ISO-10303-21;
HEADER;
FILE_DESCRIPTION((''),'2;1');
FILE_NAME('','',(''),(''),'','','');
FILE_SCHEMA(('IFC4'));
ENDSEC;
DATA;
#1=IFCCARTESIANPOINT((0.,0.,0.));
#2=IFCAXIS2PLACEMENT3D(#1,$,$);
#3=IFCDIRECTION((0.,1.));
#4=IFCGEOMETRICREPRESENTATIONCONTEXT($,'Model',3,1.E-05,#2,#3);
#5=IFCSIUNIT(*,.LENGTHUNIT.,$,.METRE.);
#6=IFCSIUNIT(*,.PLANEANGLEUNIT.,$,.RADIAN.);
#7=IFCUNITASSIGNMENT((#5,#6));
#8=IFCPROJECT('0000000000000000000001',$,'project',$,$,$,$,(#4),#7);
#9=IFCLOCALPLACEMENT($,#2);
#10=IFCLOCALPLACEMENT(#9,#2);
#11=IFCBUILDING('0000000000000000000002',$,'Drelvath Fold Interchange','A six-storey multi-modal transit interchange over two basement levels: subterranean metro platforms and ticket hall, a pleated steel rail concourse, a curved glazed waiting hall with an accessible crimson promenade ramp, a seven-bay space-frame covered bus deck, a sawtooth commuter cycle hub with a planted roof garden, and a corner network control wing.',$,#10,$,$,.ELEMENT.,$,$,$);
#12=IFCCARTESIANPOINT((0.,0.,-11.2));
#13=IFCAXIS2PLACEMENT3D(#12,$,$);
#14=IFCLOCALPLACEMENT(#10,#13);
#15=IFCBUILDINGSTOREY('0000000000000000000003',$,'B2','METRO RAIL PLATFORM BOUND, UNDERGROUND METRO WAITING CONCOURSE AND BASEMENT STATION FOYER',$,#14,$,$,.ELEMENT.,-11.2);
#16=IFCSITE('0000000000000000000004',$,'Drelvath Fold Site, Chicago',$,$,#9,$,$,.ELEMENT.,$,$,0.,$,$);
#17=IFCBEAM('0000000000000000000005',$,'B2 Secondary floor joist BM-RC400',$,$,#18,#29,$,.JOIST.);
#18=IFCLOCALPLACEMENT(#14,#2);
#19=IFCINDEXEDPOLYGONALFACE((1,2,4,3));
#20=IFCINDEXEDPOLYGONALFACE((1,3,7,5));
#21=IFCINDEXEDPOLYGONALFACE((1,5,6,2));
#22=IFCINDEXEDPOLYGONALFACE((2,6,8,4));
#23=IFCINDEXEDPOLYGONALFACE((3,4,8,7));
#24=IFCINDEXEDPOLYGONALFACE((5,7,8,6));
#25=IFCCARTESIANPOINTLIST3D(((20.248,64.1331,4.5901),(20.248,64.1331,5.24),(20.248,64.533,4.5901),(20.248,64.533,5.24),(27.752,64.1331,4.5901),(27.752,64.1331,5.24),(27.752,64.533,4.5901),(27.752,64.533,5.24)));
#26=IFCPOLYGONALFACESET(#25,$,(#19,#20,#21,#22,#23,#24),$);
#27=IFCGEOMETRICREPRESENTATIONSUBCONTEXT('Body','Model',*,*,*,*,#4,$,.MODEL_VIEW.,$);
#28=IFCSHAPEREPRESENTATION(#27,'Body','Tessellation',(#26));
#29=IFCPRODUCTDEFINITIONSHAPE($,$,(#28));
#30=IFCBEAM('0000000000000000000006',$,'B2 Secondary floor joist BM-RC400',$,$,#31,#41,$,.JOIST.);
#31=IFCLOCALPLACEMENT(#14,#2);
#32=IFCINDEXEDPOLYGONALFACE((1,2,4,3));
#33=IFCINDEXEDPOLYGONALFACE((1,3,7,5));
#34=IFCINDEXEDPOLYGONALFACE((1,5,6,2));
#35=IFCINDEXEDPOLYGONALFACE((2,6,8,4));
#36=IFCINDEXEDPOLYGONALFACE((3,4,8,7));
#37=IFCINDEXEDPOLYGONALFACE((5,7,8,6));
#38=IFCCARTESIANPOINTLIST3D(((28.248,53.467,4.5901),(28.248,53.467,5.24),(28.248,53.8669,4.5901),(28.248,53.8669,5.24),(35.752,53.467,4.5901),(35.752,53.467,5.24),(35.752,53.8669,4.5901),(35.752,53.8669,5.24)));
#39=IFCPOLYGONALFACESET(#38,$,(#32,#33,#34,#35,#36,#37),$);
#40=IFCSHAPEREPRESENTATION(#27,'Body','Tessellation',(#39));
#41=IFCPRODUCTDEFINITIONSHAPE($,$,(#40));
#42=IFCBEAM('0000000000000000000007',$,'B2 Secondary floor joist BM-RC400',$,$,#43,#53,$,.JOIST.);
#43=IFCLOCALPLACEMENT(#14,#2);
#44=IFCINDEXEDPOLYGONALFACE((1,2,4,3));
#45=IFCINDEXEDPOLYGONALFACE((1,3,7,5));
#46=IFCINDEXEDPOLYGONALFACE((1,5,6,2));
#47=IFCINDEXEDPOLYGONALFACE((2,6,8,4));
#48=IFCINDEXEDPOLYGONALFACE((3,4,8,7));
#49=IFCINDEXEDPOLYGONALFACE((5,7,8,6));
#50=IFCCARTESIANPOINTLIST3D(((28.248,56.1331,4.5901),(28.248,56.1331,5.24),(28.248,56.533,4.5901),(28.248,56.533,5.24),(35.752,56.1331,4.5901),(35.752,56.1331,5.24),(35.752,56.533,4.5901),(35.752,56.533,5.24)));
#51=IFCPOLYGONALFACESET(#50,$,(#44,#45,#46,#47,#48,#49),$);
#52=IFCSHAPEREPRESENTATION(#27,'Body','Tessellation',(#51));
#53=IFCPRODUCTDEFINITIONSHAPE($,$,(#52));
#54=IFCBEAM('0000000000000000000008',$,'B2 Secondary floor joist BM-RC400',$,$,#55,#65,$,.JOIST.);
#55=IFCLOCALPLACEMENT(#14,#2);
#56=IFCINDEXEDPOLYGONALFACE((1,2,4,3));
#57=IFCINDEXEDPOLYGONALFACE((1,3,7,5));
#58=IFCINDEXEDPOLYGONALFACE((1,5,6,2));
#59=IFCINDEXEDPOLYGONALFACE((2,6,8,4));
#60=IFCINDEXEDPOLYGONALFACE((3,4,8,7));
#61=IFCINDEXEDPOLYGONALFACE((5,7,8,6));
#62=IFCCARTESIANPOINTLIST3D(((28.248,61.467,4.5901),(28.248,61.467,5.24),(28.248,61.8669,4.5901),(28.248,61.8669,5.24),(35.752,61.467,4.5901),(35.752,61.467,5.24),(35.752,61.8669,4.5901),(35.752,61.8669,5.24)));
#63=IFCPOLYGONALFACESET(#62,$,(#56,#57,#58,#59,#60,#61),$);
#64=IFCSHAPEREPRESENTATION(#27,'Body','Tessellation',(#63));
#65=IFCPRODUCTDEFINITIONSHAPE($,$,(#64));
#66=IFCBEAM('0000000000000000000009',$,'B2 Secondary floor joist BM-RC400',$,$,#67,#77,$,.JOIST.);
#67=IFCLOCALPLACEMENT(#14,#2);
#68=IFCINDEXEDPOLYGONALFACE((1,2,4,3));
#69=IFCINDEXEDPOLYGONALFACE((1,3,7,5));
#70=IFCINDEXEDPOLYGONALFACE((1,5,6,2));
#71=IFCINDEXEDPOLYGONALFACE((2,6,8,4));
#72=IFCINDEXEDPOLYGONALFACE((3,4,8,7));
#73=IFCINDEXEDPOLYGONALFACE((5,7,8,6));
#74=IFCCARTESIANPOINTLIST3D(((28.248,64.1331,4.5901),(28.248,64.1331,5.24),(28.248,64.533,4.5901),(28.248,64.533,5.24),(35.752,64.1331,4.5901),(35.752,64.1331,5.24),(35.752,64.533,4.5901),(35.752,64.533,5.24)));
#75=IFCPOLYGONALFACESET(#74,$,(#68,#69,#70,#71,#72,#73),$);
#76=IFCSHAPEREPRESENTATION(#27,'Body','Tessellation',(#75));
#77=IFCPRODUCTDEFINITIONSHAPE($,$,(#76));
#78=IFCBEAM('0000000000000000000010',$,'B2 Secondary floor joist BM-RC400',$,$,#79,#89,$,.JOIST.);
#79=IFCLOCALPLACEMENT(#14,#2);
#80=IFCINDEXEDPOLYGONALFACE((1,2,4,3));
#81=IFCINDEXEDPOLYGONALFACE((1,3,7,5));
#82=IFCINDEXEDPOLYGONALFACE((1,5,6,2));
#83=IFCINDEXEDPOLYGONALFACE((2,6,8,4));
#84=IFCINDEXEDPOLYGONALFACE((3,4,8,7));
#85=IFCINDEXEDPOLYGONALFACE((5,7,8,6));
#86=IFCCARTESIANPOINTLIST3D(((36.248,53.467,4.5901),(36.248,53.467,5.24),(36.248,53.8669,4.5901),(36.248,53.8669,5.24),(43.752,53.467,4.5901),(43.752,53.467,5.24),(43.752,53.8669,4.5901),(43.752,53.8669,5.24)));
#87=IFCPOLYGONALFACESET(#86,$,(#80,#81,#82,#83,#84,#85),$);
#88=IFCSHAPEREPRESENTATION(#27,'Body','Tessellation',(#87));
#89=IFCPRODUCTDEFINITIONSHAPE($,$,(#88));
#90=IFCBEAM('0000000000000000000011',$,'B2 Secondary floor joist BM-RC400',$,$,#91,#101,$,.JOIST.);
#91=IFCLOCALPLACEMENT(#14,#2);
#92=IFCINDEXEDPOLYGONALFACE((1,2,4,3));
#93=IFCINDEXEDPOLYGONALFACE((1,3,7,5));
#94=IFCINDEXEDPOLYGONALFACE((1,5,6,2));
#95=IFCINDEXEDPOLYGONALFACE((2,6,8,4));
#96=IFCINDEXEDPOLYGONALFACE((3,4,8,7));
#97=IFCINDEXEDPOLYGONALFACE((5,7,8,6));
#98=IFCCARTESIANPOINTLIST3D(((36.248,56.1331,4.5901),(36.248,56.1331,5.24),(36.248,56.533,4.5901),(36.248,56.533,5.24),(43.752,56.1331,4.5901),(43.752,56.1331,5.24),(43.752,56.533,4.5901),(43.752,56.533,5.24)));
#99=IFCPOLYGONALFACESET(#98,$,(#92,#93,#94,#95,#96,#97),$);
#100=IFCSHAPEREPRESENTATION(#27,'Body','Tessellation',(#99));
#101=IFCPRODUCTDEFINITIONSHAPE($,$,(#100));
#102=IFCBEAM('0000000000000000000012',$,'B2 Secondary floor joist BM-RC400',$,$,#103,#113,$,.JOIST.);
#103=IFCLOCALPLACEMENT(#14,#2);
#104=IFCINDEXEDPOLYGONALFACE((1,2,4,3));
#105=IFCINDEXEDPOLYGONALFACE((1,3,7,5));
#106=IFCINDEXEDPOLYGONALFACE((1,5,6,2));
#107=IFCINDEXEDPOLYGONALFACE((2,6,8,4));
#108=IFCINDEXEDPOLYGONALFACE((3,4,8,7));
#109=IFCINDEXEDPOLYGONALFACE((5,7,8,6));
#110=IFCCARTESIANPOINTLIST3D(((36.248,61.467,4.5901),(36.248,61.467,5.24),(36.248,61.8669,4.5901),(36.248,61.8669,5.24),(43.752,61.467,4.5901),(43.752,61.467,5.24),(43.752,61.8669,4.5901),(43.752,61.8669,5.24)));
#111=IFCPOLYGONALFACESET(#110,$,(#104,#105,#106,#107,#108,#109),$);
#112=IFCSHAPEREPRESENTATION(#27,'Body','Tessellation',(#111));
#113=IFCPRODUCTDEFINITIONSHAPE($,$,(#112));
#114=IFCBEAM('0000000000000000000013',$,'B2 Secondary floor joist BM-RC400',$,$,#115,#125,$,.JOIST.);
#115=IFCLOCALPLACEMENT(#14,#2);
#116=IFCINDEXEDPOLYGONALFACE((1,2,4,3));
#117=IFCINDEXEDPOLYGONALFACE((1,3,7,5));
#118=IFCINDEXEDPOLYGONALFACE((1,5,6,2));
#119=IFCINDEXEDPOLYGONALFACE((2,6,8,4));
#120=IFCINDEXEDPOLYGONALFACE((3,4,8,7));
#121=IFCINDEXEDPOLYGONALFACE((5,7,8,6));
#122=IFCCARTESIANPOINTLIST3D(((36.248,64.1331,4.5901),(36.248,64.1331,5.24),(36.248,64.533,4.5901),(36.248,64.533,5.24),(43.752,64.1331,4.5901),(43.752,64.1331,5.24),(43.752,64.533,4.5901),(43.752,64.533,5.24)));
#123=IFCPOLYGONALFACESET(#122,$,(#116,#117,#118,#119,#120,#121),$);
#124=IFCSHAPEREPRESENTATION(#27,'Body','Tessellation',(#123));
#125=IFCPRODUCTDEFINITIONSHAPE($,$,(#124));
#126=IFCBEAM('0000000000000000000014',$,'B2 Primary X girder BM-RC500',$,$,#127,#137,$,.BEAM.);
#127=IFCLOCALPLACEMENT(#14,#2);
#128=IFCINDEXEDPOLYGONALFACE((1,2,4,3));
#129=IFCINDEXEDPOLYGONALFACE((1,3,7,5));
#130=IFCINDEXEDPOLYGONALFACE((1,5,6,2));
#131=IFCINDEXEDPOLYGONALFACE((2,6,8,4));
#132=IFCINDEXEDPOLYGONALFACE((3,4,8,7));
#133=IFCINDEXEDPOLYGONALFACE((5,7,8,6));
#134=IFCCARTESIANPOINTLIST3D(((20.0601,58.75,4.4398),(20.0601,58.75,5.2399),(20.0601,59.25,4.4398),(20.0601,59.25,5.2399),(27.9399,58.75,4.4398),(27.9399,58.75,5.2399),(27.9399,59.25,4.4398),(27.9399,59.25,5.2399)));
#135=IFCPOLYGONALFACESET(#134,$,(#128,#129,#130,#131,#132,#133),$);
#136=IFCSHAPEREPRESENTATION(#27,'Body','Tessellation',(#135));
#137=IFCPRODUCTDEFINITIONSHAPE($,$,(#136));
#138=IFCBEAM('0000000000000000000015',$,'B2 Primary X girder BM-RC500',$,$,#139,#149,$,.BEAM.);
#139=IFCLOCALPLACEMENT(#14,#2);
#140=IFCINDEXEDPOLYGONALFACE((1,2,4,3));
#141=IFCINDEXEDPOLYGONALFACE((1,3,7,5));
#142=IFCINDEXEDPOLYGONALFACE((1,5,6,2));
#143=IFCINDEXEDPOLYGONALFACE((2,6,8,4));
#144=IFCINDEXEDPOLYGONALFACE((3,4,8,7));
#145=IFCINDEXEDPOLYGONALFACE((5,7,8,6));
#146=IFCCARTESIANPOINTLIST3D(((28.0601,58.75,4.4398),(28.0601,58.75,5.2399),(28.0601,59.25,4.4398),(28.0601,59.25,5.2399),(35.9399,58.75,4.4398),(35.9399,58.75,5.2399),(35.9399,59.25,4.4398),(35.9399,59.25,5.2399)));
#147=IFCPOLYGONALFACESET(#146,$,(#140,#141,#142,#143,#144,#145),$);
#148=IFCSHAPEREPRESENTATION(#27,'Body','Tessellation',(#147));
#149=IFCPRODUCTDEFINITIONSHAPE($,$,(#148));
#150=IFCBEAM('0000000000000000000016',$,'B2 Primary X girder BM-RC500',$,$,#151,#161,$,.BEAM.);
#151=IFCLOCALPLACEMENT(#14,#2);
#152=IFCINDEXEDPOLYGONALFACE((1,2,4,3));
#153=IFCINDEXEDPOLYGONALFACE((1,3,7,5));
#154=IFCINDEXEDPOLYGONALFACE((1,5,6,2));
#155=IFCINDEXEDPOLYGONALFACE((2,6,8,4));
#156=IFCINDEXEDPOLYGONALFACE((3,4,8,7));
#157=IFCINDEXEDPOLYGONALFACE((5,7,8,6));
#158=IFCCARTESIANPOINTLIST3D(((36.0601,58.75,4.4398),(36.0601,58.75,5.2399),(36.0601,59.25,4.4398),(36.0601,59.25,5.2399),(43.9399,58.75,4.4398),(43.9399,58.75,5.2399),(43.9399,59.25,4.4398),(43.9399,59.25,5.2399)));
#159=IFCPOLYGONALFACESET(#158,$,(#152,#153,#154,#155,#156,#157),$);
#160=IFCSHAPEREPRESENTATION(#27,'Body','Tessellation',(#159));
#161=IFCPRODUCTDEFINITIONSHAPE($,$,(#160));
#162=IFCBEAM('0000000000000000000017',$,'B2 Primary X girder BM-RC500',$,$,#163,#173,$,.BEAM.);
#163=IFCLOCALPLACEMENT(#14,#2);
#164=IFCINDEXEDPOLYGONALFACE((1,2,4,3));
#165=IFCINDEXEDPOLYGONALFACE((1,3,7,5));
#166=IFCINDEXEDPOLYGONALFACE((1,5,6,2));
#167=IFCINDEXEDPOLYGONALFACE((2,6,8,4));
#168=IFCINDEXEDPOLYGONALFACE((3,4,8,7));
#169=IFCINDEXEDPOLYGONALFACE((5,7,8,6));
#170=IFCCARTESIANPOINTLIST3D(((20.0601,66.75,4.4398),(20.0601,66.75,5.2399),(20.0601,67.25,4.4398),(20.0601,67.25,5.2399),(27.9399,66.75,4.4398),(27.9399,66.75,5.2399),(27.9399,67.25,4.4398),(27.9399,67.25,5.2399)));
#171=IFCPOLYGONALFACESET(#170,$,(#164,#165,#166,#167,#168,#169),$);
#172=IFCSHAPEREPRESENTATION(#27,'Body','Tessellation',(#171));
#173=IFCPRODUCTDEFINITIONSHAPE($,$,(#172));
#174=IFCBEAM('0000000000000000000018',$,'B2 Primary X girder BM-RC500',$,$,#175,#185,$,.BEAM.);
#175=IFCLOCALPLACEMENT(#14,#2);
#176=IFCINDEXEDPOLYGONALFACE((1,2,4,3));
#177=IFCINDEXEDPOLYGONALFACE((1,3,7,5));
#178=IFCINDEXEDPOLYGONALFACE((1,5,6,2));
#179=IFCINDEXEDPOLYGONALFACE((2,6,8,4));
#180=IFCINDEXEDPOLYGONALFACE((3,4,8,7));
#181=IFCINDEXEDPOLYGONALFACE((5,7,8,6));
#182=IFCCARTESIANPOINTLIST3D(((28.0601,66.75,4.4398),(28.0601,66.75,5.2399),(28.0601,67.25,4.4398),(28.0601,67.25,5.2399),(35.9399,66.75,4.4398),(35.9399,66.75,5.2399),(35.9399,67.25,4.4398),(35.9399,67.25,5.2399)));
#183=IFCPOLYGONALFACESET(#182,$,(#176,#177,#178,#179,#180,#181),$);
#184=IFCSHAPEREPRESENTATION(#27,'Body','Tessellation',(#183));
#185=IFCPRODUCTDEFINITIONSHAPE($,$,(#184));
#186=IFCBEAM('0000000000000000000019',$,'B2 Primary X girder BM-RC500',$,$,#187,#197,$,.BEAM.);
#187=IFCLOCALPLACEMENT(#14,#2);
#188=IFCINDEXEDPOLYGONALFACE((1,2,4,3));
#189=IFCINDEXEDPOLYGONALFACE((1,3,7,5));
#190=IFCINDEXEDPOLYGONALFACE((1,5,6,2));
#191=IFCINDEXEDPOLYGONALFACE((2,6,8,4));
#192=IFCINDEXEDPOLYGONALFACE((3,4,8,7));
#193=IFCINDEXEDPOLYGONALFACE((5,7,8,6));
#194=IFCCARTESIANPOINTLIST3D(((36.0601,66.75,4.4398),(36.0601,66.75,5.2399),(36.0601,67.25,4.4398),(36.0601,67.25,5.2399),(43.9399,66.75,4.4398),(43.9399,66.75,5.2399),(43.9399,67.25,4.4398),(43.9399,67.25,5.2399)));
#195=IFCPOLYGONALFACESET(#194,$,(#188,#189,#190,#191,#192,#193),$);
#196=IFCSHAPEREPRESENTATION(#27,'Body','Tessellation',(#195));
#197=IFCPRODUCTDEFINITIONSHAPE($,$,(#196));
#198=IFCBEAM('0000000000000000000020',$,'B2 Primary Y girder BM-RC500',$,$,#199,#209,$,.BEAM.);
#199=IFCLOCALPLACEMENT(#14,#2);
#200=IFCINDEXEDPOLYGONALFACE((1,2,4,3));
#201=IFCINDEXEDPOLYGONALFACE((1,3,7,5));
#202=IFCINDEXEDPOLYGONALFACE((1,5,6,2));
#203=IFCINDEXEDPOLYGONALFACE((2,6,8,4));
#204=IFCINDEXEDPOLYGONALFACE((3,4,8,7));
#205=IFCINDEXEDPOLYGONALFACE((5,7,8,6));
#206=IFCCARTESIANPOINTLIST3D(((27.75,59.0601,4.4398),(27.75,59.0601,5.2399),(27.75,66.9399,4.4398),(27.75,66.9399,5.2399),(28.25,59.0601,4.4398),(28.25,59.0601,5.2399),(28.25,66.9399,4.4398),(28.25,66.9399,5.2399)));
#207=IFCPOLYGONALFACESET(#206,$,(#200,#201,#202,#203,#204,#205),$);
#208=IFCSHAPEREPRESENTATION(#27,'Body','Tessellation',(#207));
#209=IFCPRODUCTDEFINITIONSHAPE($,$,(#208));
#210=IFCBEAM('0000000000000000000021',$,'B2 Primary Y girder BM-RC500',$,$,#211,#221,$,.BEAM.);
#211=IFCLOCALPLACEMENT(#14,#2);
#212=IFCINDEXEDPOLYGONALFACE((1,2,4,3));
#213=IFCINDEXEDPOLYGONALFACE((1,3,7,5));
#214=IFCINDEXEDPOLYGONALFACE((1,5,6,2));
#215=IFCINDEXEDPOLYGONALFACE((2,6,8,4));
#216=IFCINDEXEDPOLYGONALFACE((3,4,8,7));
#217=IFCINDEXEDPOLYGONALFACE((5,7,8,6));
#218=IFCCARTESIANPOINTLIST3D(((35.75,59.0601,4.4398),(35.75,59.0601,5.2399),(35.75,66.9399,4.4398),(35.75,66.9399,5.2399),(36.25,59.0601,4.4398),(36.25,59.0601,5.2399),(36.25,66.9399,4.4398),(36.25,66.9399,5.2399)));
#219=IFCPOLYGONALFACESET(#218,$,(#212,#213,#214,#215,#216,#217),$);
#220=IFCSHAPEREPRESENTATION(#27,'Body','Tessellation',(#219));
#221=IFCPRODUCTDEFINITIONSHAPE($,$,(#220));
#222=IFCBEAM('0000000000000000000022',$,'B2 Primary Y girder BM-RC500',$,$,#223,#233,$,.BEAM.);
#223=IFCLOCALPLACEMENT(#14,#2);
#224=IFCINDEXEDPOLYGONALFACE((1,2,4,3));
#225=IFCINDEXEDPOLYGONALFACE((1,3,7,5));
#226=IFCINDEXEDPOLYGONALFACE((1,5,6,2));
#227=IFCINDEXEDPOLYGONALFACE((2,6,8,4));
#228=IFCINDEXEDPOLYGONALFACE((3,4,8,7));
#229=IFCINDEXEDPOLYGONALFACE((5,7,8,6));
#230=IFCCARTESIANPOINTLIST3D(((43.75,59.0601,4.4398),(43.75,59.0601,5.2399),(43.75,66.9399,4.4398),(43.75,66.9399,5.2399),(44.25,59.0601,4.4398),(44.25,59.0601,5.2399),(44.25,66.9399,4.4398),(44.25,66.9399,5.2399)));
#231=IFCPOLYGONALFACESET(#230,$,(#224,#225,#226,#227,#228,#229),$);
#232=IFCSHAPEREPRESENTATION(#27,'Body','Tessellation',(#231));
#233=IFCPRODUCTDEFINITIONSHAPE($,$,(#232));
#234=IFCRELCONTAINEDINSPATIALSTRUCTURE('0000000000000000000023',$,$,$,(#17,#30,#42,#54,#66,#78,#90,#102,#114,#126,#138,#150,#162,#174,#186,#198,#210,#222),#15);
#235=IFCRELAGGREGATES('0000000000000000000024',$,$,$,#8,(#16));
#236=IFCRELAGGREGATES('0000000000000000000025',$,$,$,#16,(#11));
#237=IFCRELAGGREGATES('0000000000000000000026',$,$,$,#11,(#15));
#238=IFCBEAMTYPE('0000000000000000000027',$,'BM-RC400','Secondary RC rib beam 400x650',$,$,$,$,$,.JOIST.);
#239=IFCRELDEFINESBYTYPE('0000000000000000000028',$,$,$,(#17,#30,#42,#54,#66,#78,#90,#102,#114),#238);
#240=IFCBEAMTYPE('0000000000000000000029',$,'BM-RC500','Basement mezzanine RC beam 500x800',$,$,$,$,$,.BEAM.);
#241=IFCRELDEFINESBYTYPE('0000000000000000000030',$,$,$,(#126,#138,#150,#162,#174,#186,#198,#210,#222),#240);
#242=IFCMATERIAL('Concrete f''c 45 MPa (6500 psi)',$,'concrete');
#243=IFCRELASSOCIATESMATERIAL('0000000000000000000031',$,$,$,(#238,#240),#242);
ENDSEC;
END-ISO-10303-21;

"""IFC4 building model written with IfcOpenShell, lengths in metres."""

from ifc_helpers import new_model, si_unit, direction, frame, origin, origin_2d, place, context, subcontext, project, spatial, rectangle, extrude, material, material_profile, profile_set, type_object, element, save


model = new_model("IFC4")

# Units and contexts
model_context = context("Model", 3, precision=1e-05, world=origin(), true_north=direction((0.0, 1.0)))
body_context = subcontext(model_context, "Body", "Model", "MODEL_VIEW")
ifc_project = project(units=[si_unit("LENGTHUNIT", "METRE"), si_unit("PLANEANGLEUNIT", "RADIAN")], contexts=[model_context])

# Site, building, storey
site_placement = place(None, origin())
site = spatial("IfcSite", under=ifc_project, at=site_placement, Name="Drelvath Fold Site, Chicago", CompositionType="ELEMENT", RefElevation=0.0)
building_placement = place(site_placement, origin())
building = spatial("IfcBuilding", under=site, at=building_placement, Name="Drelvath Fold Interchange", Description="A six-storey multi-modal transit interchange over two basement levels: subterranean metro platforms and ticket hall, a pleated steel rail concourse, a curved glazed waiting hall with an accessible crimson promenade ramp, a seven-bay space-frame covered bus deck, a sawtooth commuter cycle hub with a planted roof garden, and a corner network control wing.", CompositionType="ELEMENT")
storey_placement = place(building_placement, frame((0.0, 0.0, -11.2)))
storey = spatial("IfcBuildingStorey", under=building, at=storey_placement, Name="B2", Description="METRO RAIL PLATFORM BOUND, UNDERGROUND METRO WAITING CONCOURSE AND BASEMENT STATION FOYER", CompositionType="ELEMENT", Elevation=-11.2)

# Beams
ifc_material_1 = material(Name="Concrete f'c 45 MPa (6500 psi)", Category="concrete")
ifc_material_profile_1 = material_profile(ifc_material_1, rectangle(XDim=0.3999, YDim=0.6499, at=origin_2d()), Name="RC 400x650")
ifc_profile_set_1 = profile_set([ifc_material_profile_1], Name="Concrete f'c 45 MPa (6500 psi)")
beam_type_1 = type_object("IfcBeamType", Name="BM-RC400", Description="Secondary RC rib beam 400x650", PredefinedType="JOIST", material=ifc_profile_set_1)
for number, where, z_axis, x_axis, name in (
    (1, (20.248, 64.333, 4.915), (1.0, 0.0, 0.0), (0.0, 1.0, 0.0), "B2 Secondary floor joist BM-RC400"),
    (2, (28.248, 53.667, 4.915), (1.0, 0.0, 0.0), (0.0, 1.0, 0.0), "B2 Secondary floor joist BM-RC400"),
    (3, (28.248, 56.333, 4.915), (1.0, 0.0, 0.0), (0.0, 1.0, 0.0), "B2 Secondary floor joist BM-RC400"),
    (4, (28.248, 61.667, 4.915), (1.0, 0.0, 0.0), (0.0, 1.0, 0.0), "B2 Secondary floor joist BM-RC400"),
    (5, (28.248, 64.333, 4.915), (1.0, 0.0, 0.0), (0.0, 1.0, 0.0), "B2 Secondary floor joist BM-RC400"),
    (6, (36.248, 53.667, 4.915), (1.0, 0.0, 0.0), (0.0, 1.0, 0.0), "B2 Secondary floor joist BM-RC400"),
    (7, (36.248, 56.333, 4.915), (1.0, 0.0, 0.0), (0.0, 1.0, 0.0), "B2 Secondary floor joist BM-RC400"),
    (8, (36.248, 61.667, 4.915), (1.0, 0.0, 0.0), (0.0, 1.0, 0.0), "B2 Secondary floor joist BM-RC400"),
    (9, (36.248, 64.333, 4.915), (1.0, 0.0, 0.0), (0.0, 1.0, 0.0), "B2 Secondary floor joist BM-RC400"),
):
    element("IfcBeam", number, at=place(storey_placement, frame(where, z_axis=z_axis, x_axis=x_axis)), inside=storey, type_object=beam_type_1, Name=name, PredefinedType="JOIST", context=body_context, shape_type="SweptSolid", body=[
        extrude(rectangle(XDim=0.3999, YDim=0.6499, at=origin_2d()), origin(), (0.0, 0.0, 1.0), 7.5039),
    ])
ifc_material_profile_2 = material_profile(ifc_material_1, rectangle(XDim=0.5, YDim=0.8, at=origin_2d()), Name="RC 500x800")
ifc_profile_set_2 = profile_set([ifc_material_profile_2], Name="Concrete f'c 45 MPa (6500 psi)")
beam_type_2 = type_object("IfcBeamType", Name="BM-RC500", Description="Basement mezzanine RC beam 500x800", PredefinedType="BEAM", material=ifc_profile_set_2)
for number, where, z_axis, x_axis, name in (
    (10, (20.0601, 59.0, 4.8398), (1.0, 0.0, 0.0), (0.0, 1.0, 0.0), "B2 Primary X girder BM-RC500"),
    (11, (28.0601, 59.0, 4.8398), (1.0, 0.0, 0.0), (0.0, 1.0, 0.0), "B2 Primary X girder BM-RC500"),
    (12, (36.0601, 59.0, 4.8398), (1.0, 0.0, 0.0), (0.0, 1.0, 0.0), "B2 Primary X girder BM-RC500"),
    (13, (20.0601, 67.0, 4.8398), (1.0, 0.0, 0.0), (0.0, 1.0, 0.0), "B2 Primary X girder BM-RC500"),
    (14, (28.0601, 67.0, 4.8398), (1.0, 0.0, 0.0), (0.0, 1.0, 0.0), "B2 Primary X girder BM-RC500"),
    (15, (36.0601, 67.0, 4.8398), (1.0, 0.0, 0.0), (0.0, 1.0, 0.0), "B2 Primary X girder BM-RC500"),
    (16, (28.0, 59.0601, 4.8398), (0.0, 1.0, 0.0), (-1.0, 0.0, 0.0), "B2 Primary Y girder BM-RC500"),
    (17, (36.0, 59.0601, 4.8398), (0.0, 1.0, 0.0), (-1.0, 0.0, 0.0), "B2 Primary Y girder BM-RC500"),
    (18, (44.0, 59.0601, 4.8398), (0.0, 1.0, 0.0), (-1.0, 0.0, 0.0), "B2 Primary Y girder BM-RC500"),
):
    element("IfcBeam", number, at=place(storey_placement, frame(where, z_axis=z_axis, x_axis=x_axis)), inside=storey, type_object=beam_type_2, Name=name, PredefinedType="BEAM", context=body_context, shape_type="SweptSolid", body=[
        extrude(rectangle(XDim=0.5, YDim=0.8, at=origin_2d()), origin(), (0.0, 0.0, 1.0), 7.8799),
    ])

save(model, "model.ifc")
